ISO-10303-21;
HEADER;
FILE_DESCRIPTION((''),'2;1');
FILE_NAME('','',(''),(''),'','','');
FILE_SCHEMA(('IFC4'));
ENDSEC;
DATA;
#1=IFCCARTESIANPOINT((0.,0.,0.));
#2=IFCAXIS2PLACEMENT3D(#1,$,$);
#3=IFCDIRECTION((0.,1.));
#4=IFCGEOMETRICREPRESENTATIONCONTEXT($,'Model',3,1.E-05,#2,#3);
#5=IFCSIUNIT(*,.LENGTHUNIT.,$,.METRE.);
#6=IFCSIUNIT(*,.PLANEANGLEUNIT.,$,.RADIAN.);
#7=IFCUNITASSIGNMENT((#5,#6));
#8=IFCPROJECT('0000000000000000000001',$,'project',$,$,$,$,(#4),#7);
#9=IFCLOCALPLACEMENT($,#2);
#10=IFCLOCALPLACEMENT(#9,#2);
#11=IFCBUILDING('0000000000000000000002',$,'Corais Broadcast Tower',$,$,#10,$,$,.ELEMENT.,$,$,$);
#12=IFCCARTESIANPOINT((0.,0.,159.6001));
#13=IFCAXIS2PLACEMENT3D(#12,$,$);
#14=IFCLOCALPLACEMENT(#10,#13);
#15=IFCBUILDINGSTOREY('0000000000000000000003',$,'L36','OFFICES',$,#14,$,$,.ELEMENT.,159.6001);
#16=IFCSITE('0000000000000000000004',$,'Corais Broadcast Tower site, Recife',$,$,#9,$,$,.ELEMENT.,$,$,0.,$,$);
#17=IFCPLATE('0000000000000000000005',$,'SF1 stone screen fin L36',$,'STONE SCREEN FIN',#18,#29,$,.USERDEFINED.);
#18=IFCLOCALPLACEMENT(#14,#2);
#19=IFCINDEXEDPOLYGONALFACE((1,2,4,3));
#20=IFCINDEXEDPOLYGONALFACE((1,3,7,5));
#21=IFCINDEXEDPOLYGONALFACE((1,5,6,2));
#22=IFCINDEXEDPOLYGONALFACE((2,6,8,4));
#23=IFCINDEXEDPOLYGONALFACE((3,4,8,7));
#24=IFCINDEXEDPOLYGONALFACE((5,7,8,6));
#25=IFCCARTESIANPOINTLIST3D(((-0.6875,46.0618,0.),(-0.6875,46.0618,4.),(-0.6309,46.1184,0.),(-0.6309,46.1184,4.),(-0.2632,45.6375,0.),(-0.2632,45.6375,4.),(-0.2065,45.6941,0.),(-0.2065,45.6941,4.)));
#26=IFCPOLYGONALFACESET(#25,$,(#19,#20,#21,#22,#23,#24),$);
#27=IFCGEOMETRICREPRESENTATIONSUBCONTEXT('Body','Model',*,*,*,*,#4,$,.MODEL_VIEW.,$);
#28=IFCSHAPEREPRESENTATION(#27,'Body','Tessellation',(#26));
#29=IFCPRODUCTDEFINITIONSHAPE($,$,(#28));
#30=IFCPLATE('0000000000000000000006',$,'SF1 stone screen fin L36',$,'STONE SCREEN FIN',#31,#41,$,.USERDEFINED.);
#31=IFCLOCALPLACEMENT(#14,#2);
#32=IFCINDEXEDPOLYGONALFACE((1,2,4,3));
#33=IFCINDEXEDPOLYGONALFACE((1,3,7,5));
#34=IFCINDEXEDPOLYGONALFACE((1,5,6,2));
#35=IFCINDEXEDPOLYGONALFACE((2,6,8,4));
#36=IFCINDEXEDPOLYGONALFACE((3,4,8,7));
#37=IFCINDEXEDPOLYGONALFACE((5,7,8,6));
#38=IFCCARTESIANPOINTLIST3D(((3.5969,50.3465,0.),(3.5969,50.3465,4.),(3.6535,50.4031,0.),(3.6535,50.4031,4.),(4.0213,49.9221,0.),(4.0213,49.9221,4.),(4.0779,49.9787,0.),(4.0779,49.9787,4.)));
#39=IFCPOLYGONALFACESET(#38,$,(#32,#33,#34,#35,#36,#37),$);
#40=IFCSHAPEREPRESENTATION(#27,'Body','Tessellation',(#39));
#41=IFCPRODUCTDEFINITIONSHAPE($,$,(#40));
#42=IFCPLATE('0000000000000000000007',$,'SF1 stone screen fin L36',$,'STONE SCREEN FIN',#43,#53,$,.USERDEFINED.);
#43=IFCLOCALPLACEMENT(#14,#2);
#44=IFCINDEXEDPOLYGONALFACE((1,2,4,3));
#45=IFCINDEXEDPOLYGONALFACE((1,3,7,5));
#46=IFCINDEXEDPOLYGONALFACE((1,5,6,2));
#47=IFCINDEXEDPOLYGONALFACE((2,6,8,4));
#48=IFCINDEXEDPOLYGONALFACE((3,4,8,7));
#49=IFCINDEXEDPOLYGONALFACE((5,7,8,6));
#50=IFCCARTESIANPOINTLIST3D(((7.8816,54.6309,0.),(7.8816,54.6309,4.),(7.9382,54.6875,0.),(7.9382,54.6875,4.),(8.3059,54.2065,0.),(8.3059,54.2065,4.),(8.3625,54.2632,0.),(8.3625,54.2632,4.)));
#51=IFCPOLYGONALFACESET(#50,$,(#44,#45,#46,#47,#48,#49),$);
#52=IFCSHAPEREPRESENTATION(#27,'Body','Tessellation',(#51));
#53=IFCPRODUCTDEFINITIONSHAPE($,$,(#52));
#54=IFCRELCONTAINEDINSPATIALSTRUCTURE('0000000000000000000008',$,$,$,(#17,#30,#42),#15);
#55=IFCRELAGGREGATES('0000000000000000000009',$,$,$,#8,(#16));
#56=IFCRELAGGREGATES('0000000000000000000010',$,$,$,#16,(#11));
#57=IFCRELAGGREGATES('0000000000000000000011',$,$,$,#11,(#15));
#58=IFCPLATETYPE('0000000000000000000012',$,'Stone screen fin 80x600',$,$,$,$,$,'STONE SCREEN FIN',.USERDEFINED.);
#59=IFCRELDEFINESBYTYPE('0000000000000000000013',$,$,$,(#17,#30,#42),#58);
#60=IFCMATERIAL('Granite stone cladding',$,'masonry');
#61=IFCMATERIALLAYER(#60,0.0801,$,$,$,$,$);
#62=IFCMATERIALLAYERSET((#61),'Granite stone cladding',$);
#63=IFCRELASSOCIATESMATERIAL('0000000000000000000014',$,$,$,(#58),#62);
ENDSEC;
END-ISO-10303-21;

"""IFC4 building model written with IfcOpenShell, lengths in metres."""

from ifc_helpers import new_model, si_unit, direction, frame, origin, origin_2d, place, context, subcontext, project, spatial, rectangle, extrude, material, layer, layer_set, type_object, element, save


model = new_model("IFC4")

# Units and contexts
model_context = context("Model", 3, precision=1e-05, world=origin(), true_north=direction((0.0, 1.0)))
body_context = subcontext(model_context, "Body", "Model", "MODEL_VIEW")
ifc_project = project(units=[si_unit("LENGTHUNIT", "METRE"), si_unit("PLANEANGLEUNIT", "RADIAN")], contexts=[model_context])

# Site, building, storey
site_placement = place(None, origin())
site = spatial("IfcSite", under=ifc_project, at=site_placement, Name="Corais Broadcast Tower site, Recife", CompositionType="ELEMENT", RefElevation=0.0)
building_placement = place(site_placement, origin())
building = spatial("IfcBuilding", under=site, at=building_placement, Name="Corais Broadcast Tower", CompositionType="ELEMENT")
storey_placement = place(building_placement, frame((0.0, 0.0, 159.6001)))
storey = spatial("IfcBuildingStorey", under=building, at=storey_placement, Name="L36", Description="OFFICES", CompositionType="ELEMENT", Elevation=159.6001)

# Plates
ifc_material_1 = material(Name="Granite stone cladding", Category="masonry")
ifc_layer_1 = layer(ifc_material_1, 0.0801)
ifc_layer_set_1 = layer_set([ifc_layer_1], Name="Granite stone cladding")
plate_type_1 = type_object("IfcPlateType", Name="Stone screen fin 80x600", ElementType="STONE SCREEN FIN", PredefinedType="USERDEFINED", material=ifc_layer_set_1)
for number, where, z_axis, x_axis, name in (
    (1, (-0.447, 45.8779, 0.0), (0.0, 0.0, 1.0), (0.707107, 0.707107, 0.0), "SF1 stone screen fin L36"),
    (2, (3.8374, 50.1626, 0.0), (0.0, 0.0, 1.0), (0.707107, 0.707107, 0.0), "SF1 stone screen fin L36"),
    (3, (8.1221, 54.447, 0.0), (0.0, 0.0, 1.0), (0.707107, 0.707107, 0.0), "SF1 stone screen fin L36"),
):
    element("IfcPlate", number, at=place(storey_placement, frame(where, z_axis=z_axis, x_axis=x_axis)), inside=storey, type_object=plate_type_1, Name=name, ObjectType="STONE SCREEN FIN", PredefinedType="USERDEFINED", context=body_context, shape_type="SweptSolid", body=[
        extrude(rectangle(XDim=0.0801, YDim=0.6001, at=origin_2d()), origin(), (0.0, 0.0, 1.0), 4.0),
    ])

save(model, "model.ifc")
